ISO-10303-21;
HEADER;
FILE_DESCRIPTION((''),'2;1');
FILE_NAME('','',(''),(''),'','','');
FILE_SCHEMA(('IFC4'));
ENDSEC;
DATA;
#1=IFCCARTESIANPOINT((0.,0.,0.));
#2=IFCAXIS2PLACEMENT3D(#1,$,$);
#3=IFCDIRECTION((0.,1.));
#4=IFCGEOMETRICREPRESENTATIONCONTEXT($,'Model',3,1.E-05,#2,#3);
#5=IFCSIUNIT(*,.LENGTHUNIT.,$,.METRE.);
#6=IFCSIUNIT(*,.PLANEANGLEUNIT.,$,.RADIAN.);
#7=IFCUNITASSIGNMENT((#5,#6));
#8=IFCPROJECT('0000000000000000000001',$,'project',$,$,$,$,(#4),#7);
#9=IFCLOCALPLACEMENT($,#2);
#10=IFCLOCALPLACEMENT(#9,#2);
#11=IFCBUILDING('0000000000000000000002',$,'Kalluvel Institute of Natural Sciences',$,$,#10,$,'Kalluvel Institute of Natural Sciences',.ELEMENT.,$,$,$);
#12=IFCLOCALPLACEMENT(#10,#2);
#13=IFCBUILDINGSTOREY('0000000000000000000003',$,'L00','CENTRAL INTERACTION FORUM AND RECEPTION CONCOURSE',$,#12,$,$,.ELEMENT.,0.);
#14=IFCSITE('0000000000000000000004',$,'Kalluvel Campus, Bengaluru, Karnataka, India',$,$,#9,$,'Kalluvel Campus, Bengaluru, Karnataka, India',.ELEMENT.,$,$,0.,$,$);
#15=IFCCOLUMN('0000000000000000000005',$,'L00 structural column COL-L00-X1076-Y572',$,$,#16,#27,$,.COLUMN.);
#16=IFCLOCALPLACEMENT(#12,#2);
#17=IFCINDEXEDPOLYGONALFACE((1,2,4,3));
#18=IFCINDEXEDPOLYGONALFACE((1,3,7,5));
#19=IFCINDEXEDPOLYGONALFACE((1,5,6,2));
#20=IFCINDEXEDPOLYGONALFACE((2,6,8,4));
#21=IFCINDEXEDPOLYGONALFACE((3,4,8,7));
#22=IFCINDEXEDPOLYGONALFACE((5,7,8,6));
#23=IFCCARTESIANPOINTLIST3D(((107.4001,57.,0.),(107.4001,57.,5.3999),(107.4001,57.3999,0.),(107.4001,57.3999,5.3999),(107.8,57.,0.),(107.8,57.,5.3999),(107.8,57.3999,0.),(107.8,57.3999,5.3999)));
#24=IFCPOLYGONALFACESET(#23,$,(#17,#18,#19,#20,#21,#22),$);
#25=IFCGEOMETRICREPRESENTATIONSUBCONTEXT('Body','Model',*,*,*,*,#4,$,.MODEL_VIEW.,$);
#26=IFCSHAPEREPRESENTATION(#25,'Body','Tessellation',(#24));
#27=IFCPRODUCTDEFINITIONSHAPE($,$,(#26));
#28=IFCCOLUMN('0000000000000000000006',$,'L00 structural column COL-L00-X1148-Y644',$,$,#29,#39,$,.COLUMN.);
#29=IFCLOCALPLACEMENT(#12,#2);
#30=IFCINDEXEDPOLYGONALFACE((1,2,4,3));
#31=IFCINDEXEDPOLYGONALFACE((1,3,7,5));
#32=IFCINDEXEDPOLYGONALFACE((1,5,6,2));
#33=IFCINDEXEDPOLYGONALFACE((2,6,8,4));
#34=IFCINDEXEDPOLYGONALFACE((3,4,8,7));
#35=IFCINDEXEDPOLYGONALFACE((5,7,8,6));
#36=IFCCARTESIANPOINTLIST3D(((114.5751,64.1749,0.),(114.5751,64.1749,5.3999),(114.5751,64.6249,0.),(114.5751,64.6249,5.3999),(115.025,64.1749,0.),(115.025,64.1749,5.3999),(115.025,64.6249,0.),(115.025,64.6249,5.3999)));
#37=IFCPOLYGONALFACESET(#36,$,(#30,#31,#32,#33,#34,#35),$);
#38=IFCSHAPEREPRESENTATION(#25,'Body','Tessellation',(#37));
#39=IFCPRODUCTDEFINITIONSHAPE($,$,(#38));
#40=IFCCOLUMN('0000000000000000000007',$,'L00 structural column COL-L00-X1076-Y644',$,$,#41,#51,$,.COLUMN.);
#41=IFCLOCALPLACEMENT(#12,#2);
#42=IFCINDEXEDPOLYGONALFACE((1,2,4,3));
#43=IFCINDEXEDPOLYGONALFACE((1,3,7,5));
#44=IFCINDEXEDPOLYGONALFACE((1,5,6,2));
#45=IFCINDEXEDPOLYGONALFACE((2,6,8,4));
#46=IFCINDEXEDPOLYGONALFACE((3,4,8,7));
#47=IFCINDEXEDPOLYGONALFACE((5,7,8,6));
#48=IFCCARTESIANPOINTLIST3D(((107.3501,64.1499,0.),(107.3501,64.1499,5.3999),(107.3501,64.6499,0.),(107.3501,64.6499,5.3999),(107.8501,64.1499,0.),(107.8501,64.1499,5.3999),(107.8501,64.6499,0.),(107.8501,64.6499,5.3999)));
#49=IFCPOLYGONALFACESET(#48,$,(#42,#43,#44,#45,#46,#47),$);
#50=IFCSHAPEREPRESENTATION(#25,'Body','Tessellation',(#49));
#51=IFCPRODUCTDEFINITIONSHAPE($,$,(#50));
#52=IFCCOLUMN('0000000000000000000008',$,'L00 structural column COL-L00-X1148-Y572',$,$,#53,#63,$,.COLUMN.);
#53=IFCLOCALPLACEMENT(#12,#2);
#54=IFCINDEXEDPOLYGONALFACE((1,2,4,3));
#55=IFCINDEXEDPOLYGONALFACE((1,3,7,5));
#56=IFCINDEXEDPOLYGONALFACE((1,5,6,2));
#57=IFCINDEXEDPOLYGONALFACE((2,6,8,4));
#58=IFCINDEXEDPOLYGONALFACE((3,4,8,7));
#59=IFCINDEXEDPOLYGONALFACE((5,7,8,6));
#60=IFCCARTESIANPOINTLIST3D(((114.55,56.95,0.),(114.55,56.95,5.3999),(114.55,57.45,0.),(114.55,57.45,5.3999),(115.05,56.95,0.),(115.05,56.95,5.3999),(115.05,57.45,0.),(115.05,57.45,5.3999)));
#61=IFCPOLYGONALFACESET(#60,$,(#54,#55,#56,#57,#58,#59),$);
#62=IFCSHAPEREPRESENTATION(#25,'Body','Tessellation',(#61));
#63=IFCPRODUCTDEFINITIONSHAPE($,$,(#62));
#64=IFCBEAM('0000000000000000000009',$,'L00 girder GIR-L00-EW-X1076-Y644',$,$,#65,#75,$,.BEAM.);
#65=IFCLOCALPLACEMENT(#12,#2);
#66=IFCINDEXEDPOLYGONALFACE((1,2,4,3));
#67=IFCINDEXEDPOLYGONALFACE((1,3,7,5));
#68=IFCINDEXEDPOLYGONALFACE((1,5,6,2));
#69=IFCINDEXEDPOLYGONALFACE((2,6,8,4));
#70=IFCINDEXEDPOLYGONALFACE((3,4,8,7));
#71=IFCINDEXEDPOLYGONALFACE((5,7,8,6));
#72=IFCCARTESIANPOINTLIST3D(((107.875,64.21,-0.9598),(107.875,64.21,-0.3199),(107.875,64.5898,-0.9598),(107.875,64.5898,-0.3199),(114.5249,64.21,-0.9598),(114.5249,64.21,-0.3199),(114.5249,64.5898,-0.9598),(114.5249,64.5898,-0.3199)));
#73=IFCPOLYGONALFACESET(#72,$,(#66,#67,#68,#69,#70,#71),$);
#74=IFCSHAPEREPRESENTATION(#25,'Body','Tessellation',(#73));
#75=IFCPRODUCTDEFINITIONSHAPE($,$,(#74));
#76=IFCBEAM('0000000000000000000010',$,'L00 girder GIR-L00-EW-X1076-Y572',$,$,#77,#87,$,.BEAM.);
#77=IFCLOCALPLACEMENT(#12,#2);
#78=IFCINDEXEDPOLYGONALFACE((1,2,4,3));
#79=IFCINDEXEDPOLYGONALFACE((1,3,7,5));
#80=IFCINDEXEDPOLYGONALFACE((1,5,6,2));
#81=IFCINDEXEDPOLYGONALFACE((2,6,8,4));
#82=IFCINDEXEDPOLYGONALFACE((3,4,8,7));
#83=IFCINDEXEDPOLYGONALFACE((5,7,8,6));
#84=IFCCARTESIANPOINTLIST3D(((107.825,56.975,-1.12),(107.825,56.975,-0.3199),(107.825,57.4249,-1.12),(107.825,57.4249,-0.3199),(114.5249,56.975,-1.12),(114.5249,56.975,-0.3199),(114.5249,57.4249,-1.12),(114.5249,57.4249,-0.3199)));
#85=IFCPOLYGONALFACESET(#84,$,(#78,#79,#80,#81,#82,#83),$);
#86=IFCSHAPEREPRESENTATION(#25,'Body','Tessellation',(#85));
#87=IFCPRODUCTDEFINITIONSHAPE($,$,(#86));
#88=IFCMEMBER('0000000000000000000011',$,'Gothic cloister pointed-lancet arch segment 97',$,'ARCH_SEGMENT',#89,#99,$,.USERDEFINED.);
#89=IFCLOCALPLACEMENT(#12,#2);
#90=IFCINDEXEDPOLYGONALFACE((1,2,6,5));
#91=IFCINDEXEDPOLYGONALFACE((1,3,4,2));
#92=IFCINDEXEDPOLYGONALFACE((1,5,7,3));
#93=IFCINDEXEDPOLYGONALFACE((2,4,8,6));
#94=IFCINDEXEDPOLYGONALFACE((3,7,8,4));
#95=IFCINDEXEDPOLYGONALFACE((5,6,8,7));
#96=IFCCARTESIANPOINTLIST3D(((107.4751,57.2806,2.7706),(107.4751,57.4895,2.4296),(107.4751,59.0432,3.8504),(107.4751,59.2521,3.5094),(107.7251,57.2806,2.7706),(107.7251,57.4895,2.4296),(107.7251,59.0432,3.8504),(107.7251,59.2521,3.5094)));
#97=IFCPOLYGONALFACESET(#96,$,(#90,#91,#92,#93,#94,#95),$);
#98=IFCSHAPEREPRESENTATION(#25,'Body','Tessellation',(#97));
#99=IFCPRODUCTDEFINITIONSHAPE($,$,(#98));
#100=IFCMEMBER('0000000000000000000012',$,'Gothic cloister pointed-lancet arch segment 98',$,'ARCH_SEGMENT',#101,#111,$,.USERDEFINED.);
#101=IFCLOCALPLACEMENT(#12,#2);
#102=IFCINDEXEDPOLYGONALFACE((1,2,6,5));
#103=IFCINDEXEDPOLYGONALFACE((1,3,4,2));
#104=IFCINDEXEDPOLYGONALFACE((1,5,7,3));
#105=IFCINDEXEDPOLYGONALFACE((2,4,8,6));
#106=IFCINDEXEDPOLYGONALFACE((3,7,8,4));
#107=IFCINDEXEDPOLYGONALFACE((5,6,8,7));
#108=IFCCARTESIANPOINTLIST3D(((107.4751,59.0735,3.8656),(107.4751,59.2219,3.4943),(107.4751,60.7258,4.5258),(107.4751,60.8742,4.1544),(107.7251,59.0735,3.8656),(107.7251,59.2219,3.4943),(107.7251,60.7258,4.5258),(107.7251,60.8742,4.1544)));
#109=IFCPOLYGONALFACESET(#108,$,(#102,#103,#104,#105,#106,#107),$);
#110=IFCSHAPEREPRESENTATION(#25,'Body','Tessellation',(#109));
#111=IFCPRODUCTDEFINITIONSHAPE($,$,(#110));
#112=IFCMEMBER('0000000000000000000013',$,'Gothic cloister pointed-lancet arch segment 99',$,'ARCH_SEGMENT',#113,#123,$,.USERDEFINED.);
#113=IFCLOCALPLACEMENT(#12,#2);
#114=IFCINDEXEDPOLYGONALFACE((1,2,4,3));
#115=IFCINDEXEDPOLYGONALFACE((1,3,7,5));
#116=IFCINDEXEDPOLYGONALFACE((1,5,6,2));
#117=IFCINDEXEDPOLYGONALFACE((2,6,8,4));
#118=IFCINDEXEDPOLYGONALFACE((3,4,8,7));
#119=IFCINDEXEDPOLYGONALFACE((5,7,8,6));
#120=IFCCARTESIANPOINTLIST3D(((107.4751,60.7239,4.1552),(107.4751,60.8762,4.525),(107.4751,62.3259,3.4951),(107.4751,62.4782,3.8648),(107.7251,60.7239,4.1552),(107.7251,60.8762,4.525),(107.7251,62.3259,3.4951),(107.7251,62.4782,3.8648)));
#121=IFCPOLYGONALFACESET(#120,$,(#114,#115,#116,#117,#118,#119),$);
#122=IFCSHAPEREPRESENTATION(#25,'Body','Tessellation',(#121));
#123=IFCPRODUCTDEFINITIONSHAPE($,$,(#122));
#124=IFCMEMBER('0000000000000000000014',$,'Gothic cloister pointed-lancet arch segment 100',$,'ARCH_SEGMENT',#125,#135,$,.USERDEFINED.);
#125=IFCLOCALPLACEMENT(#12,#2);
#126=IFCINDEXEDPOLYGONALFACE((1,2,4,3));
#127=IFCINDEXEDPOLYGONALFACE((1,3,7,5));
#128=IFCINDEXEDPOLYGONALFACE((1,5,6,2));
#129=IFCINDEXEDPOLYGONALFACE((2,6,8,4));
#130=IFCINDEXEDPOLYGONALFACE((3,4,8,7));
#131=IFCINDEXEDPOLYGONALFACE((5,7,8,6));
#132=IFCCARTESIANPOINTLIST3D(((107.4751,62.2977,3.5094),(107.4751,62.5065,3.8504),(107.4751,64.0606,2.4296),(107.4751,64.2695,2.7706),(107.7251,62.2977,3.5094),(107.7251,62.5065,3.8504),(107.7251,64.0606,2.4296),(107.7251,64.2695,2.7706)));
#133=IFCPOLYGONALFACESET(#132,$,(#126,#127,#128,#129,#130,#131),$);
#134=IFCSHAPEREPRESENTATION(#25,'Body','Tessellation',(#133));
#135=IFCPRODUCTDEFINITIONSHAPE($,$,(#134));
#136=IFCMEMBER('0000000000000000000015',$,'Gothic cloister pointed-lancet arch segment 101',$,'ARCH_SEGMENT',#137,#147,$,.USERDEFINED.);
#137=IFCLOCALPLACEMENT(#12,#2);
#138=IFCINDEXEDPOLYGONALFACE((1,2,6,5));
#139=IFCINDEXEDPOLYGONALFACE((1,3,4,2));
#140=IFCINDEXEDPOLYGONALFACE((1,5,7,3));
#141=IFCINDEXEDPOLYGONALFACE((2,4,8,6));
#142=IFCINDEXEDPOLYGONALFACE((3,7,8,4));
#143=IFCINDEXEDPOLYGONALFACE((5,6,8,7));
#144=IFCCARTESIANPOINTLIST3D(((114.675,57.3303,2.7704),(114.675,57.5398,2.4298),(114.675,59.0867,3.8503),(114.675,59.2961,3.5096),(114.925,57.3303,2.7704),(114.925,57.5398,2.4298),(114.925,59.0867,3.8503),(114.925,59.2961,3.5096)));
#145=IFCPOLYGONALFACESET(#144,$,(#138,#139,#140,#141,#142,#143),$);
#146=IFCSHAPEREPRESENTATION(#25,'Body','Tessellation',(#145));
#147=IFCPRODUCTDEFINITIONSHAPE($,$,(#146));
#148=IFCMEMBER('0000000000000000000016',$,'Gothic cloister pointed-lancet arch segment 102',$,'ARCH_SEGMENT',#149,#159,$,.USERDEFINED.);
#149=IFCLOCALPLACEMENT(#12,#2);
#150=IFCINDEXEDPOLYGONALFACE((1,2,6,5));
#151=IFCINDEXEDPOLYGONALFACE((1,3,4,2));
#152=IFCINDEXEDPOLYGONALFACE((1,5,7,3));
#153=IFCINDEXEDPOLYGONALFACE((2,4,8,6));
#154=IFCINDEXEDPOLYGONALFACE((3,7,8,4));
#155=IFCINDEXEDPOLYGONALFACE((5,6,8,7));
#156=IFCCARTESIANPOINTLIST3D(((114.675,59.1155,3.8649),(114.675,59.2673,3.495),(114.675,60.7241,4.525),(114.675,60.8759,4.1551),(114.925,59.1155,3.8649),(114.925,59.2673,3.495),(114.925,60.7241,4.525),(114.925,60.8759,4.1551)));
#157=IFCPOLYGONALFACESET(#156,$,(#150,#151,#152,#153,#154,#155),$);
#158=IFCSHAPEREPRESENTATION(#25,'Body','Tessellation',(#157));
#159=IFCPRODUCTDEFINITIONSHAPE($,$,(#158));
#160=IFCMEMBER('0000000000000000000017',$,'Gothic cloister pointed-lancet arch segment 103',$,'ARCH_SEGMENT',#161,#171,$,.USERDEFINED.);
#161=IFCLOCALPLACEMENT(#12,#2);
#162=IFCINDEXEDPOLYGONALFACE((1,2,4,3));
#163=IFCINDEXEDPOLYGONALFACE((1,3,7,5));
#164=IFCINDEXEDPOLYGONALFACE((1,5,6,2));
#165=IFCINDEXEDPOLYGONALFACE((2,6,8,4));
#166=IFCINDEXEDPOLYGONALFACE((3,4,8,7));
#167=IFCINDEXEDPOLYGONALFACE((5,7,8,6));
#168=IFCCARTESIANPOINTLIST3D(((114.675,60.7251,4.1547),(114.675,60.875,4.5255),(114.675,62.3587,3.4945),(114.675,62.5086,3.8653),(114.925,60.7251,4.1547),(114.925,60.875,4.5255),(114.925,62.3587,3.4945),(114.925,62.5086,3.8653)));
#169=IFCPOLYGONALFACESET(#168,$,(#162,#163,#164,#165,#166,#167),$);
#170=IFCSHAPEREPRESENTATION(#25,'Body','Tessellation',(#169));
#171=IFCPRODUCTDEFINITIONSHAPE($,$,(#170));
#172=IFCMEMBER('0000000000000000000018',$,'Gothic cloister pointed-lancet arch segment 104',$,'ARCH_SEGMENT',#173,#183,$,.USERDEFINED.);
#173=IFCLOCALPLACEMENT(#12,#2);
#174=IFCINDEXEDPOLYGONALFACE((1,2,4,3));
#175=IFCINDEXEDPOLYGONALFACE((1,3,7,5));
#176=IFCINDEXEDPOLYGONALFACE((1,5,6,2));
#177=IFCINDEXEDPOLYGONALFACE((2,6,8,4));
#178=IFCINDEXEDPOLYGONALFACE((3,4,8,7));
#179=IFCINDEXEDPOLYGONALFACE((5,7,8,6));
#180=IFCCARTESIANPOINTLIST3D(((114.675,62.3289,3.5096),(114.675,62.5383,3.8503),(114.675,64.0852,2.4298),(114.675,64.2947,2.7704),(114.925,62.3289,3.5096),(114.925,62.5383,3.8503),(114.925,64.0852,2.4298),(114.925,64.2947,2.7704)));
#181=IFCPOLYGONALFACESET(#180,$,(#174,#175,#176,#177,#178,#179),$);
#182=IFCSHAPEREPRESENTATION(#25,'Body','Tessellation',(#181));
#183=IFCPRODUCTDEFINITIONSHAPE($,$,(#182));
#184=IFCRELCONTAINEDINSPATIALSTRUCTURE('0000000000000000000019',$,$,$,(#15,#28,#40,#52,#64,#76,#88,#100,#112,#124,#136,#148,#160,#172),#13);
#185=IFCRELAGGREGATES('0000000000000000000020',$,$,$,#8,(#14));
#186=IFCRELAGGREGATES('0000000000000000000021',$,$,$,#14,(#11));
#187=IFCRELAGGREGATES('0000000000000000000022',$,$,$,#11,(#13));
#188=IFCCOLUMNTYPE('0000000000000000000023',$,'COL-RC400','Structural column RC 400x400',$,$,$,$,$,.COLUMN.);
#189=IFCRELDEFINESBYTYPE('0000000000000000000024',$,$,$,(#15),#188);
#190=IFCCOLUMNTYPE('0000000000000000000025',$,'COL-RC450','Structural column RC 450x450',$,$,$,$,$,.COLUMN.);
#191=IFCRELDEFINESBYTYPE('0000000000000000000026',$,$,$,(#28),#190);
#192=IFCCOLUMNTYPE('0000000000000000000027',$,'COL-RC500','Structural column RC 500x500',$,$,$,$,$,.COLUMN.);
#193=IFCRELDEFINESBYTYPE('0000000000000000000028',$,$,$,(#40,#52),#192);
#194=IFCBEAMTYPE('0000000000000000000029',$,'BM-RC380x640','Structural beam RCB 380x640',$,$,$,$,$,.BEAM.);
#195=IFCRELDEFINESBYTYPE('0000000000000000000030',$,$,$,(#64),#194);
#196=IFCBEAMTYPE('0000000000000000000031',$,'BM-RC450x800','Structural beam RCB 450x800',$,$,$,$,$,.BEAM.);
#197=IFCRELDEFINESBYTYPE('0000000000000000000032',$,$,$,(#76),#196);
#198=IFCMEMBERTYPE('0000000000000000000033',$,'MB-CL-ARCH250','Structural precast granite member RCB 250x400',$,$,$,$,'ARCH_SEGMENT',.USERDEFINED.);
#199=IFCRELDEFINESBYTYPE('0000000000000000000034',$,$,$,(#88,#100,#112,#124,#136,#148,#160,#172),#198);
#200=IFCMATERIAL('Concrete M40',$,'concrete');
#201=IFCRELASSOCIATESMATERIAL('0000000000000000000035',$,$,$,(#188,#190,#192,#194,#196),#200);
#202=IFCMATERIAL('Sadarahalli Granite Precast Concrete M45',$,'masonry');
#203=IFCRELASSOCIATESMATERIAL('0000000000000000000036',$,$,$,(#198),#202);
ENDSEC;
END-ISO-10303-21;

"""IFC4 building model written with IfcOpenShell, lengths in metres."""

from ifc_helpers import new_model, si_unit, direction, frame, origin, origin_2d, place, context, subcontext, project, spatial, rectangle, extrude, material, material_profile, profile_set, type_object, element, save


model = new_model("IFC4")

# Units and contexts
model_context = context("Model", 3, precision=1e-05, world=origin(), true_north=direction((0.0, 1.0)))
body_context = subcontext(model_context, "Body", "Model", "MODEL_VIEW")
ifc_project = project(units=[si_unit("LENGTHUNIT", "METRE"), si_unit("PLANEANGLEUNIT", "RADIAN")], contexts=[model_context])

# Site, building, storey
site_placement = place(None, origin())
site = spatial("IfcSite", under=ifc_project, at=site_placement, Name="Kalluvel Campus, Bengaluru, Karnataka, India", LongName="Kalluvel Campus, Bengaluru, Karnataka, India", CompositionType="ELEMENT", RefElevation=0.0)
building_placement = place(site_placement, origin())
building = spatial("IfcBuilding", under=site, at=building_placement, Name="Kalluvel Institute of Natural Sciences", LongName="Kalluvel Institute of Natural Sciences", CompositionType="ELEMENT")
storey_placement = place(building_placement, origin())
storey = spatial("IfcBuildingStorey", under=building, at=storey_placement, Name="L00", Description="CENTRAL INTERACTION FORUM AND RECEPTION CONCOURSE", CompositionType="ELEMENT", Elevation=0.0)

# Columns
ifc_material_1 = material(Name="Concrete M40", Category="concrete")
ifc_material_profile_1 = material_profile(ifc_material_1, rectangle(XDim=0.3999, YDim=0.3999, at=origin_2d()), Name="RC 400x400")
ifc_profile_set_1 = profile_set([ifc_material_profile_1], Name="Concrete M40")
column_type_1 = type_object("IfcColumnType", Name="COL-RC400", Description="Structural column RC 400x400", PredefinedType="COLUMN", material=ifc_profile_set_1)
column_1_placement = place(storey_placement, frame((107.6001, 57.2, 0.0), z_axis=(0.0, 0.0, 1.0), x_axis=(1.0, 0.0, 0.0)))
element("IfcColumn", 1, at=column_1_placement, inside=storey, type_object=column_type_1, Name="L00 structural column COL-L00-X1076-Y572", PredefinedType="COLUMN", context=body_context, shape_type="SweptSolid", body=[
    extrude(rectangle(XDim=0.3999, YDim=0.3999, at=origin_2d()), origin(), (0.0, 0.0, 1.0), 5.3999),
])
ifc_material_profile_2 = material_profile(ifc_material_1, rectangle(XDim=0.45, YDim=0.45, at=origin_2d()), Name="RC 450x450")
ifc_profile_set_2 = profile_set([ifc_material_profile_2], Name="Concrete M40")
column_type_2 = type_object("IfcColumnType", Name="COL-RC450", Description="Structural column RC 450x450", PredefinedType="COLUMN", material=ifc_profile_set_2)
column_2_placement = place(storey_placement, frame((114.8, 64.3999, 0.0), z_axis=(0.0, 0.0, 1.0), x_axis=(1.0, 0.0, 0.0)))
element("IfcColumn", 2, at=column_2_placement, inside=storey, type_object=column_type_2, Name="L00 structural column COL-L00-X1148-Y644", PredefinedType="COLUMN", context=body_context, shape_type="SweptSolid", body=[
    extrude(rectangle(XDim=0.45, YDim=0.45, at=origin_2d()), origin(), (0.0, 0.0, 1.0), 5.3999),
])
ifc_material_profile_3 = material_profile(ifc_material_1, rectangle(XDim=0.5, YDim=0.5, at=origin_2d()), Name="RC 500x500")
ifc_profile_set_3 = profile_set([ifc_material_profile_3], Name="Concrete M40")
column_type_3 = type_object("IfcColumnType", Name="COL-RC500", Description="Structural column RC 500x500", PredefinedType="COLUMN", material=ifc_profile_set_3)
for number, where, z_axis, x_axis, name in (
    (3, (107.6001, 64.3999, 0.0), (0.0, 0.0, 1.0), (1.0, 0.0, 0.0), "L00 structural column COL-L00-X1076-Y644"),
    (4, (114.8, 57.2, 0.0), (0.0, 0.0, 1.0), (1.0, 0.0, 0.0), "L00 structural column COL-L00-X1148-Y572"),
):
    element("IfcColumn", number, at=place(storey_placement, frame(where, z_axis=z_axis, x_axis=x_axis)), inside=storey, type_object=column_type_3, Name=name, PredefinedType="COLUMN", context=body_context, shape_type="SweptSolid", body=[
        extrude(rectangle(XDim=0.5, YDim=0.5, at=origin_2d()), origin(), (0.0, 0.0, 1.0), 5.3999),
    ])

# Beams
ifc_material_profile_4 = material_profile(ifc_material_1, rectangle(XDim=0.3799, YDim=0.6399, at=origin_2d()), Name="RCB 380x640")
ifc_profile_set_4 = profile_set([ifc_material_profile_4], Name="Concrete M40")
beam_type_1 = type_object("IfcBeamType", Name="BM-RC380x640", Description="Structural beam RCB 380x640", PredefinedType="BEAM", material=ifc_profile_set_4)
beam_1_placement = place(storey_placement, frame((107.875, 64.3999, -0.6399), z_axis=(1.0, 0.0, 0.0), x_axis=(0.0, 1.0, 0.0)))
element("IfcBeam", 5, at=beam_1_placement, inside=storey, type_object=beam_type_1, Name="L00 girder GIR-L00-EW-X1076-Y644", PredefinedType="BEAM", context=body_context, shape_type="SweptSolid", body=[
    extrude(rectangle(XDim=0.3799, YDim=0.6399, at=origin_2d()), origin(), (0.0, 0.0, 1.0), 6.6499),
])
ifc_material_profile_5 = material_profile(ifc_material_1, rectangle(XDim=0.45, YDim=0.8, at=origin_2d()), Name="RCB 450x800")
ifc_profile_set_5 = profile_set([ifc_material_profile_5], Name="Concrete M40")
beam_type_2 = type_object("IfcBeamType", Name="BM-RC450x800", Description="Structural beam RCB 450x800", PredefinedType="BEAM", material=ifc_profile_set_5)
beam_2_placement = place(storey_placement, frame((107.825, 57.2, -0.72), z_axis=(1.0, 0.0, 0.0), x_axis=(0.0, 1.0, 0.0)))
element("IfcBeam", 6, at=beam_2_placement, inside=storey, type_object=beam_type_2, Name="L00 girder GIR-L00-EW-X1076-Y572", PredefinedType="BEAM", context=body_context, shape_type="SweptSolid", body=[
    extrude(rectangle(XDim=0.45, YDim=0.8, at=origin_2d()), origin(), (0.0, 0.0, 1.0), 6.7),
])

# Members
ifc_material_2 = material(Name="Sadarahalli Granite Precast Concrete M45", Category="masonry")
ifc_material_profile_6 = material_profile(ifc_material_2, rectangle(XDim=0.25, YDim=0.3999, at=origin_2d()), Name="RCB 250x400")
ifc_profile_set_6 = profile_set([ifc_material_profile_6], Name="Sadarahalli Granite Precast Concrete M45")
member_type = type_object("IfcMemberType", Name="MB-CL-ARCH250", Description="Structural precast granite member RCB 250x400", ElementType="ARCH_SEGMENT", PredefinedType="USERDEFINED", material=ifc_profile_set_6)
member_1_placement = place(storey_placement, frame((107.6001, 57.385, 2.6001), z_axis=(0.0, 0.852715, 0.522376), x_axis=(-1.0, 0.0, 0.0)))
element("IfcMember", 7, at=member_1_placement, inside=storey, type_object=member_type, Name="Gothic cloister pointed-lancet arch segment 97", ObjectType="ARCH_SEGMENT", PredefinedType="USERDEFINED", context=body_context, shape_type="SweptSolid", body=[
    extrude(rectangle(XDim=0.25, YDim=0.3999, at=origin_2d()), origin(), (0.0, 0.0, 1.0), 2.0671),
])
member_2_placement = place(storey_placement, frame((107.6001, 59.1477, 3.6799), z_axis=(0.0, 0.928628, 0.371012), x_axis=(-1.0, 0.0, 0.0)))
element("IfcMember", 8, at=member_2_placement, inside=storey, type_object=member_type, Name="Gothic cloister pointed-lancet arch segment 98", ObjectType="ARCH_SEGMENT", PredefinedType="USERDEFINED", context=body_context, shape_type="SweptSolid", body=[
    extrude(rectangle(XDim=0.25, YDim=0.3999, at=origin_2d()), origin(), (0.0, 0.0, 1.0), 1.7793),
])
member_3_placement = place(storey_placement, frame((107.6001, 60.8, 4.3401), z_axis=(0.0, 0.924579, -0.380991), x_axis=(-1.0, 0.0, 0.0)))
element("IfcMember", 9, at=member_3_placement, inside=storey, type_object=member_type, Name="Gothic cloister pointed-lancet arch segment 99", ObjectType="ARCH_SEGMENT", PredefinedType="USERDEFINED", context=body_context, shape_type="SweptSolid", body=[
    extrude(rectangle(XDim=0.25, YDim=0.3999, at=origin_2d()), origin(), (0.0, 0.0, 1.0), 1.7327),
])
member_4_placement = place(storey_placement, frame((107.6001, 62.4021, 3.6799), z_axis=(0.0, 0.852747, -0.522324), x_axis=(-1.0, 0.0, 0.0)))
element("IfcMember", 10, at=member_4_placement, inside=storey, type_object=member_type, Name="Gothic cloister pointed-lancet arch segment 100", ObjectType="ARCH_SEGMENT", PredefinedType="USERDEFINED", context=body_context, shape_type="SweptSolid", body=[
    extrude(rectangle(XDim=0.25, YDim=0.3999, at=origin_2d()), origin(), (0.0, 0.0, 1.0), 2.0674),
])
member_5_placement = place(storey_placement, frame((114.8, 57.4351, 2.6001), z_axis=(0.0, 0.851874, 0.523747), x_axis=(-1.0, 0.0, 0.0)))
element("IfcMember", 11, at=member_5_placement, inside=storey, type_object=member_type, Name="Gothic cloister pointed-lancet arch segment 101", ObjectType="ARCH_SEGMENT", PredefinedType="USERDEFINED", context=body_context, shape_type="SweptSolid", body=[
    extrude(rectangle(XDim=0.25, YDim=0.3999, at=origin_2d()), origin(), (0.0, 0.0, 1.0), 2.0618),
])
member_6_placement = place(storey_placement, frame((114.8, 59.1914, 3.6799), z_axis=(0.0, 0.925128, 0.379655), x_axis=(-1.0, 0.0, 0.0)))
element("IfcMember", 12, at=member_6_placement, inside=storey, type_object=member_type, Name="Gothic cloister pointed-lancet arch segment 102", ObjectType="ARCH_SEGMENT", PredefinedType="USERDEFINED", context=body_context, shape_type="SweptSolid", body=[
    extrude(rectangle(XDim=0.25, YDim=0.3999, at=origin_2d()), origin(), (0.0, 0.0, 1.0), 1.7388),
])
member_7_placement = place(storey_placement, frame((114.8, 60.8, 4.3401), z_axis=(0.0, 0.927152, -0.374685), x_axis=(-1.0, 0.0, 0.0)))
element("IfcMember", 13, at=member_7_placement, inside=storey, type_object=member_type, Name="Gothic cloister pointed-lancet arch segment 103", ObjectType="ARCH_SEGMENT", PredefinedType="USERDEFINED", context=body_context, shape_type="SweptSolid", body=[
    extrude(rectangle(XDim=0.25, YDim=0.3999, at=origin_2d()), origin(), (0.0, 0.0, 1.0), 1.762),
])
member_8_placement = place(storey_placement, frame((114.8, 62.4336, 3.6799), z_axis=(0.0, 0.851874, -0.523747), x_axis=(-1.0, 0.0, 0.0)))
element("IfcMember", 14, at=member_8_placement, inside=storey, type_object=member_type, Name="Gothic cloister pointed-lancet arch segment 104", ObjectType="ARCH_SEGMENT", PredefinedType="USERDEFINED", context=body_context, shape_type="SweptSolid", body=[
    extrude(rectangle(XDim=0.25, YDim=0.3999, at=origin_2d()), origin(), (0.0, 0.0, 1.0), 2.0618),
])

save(model, "model.ifc")
